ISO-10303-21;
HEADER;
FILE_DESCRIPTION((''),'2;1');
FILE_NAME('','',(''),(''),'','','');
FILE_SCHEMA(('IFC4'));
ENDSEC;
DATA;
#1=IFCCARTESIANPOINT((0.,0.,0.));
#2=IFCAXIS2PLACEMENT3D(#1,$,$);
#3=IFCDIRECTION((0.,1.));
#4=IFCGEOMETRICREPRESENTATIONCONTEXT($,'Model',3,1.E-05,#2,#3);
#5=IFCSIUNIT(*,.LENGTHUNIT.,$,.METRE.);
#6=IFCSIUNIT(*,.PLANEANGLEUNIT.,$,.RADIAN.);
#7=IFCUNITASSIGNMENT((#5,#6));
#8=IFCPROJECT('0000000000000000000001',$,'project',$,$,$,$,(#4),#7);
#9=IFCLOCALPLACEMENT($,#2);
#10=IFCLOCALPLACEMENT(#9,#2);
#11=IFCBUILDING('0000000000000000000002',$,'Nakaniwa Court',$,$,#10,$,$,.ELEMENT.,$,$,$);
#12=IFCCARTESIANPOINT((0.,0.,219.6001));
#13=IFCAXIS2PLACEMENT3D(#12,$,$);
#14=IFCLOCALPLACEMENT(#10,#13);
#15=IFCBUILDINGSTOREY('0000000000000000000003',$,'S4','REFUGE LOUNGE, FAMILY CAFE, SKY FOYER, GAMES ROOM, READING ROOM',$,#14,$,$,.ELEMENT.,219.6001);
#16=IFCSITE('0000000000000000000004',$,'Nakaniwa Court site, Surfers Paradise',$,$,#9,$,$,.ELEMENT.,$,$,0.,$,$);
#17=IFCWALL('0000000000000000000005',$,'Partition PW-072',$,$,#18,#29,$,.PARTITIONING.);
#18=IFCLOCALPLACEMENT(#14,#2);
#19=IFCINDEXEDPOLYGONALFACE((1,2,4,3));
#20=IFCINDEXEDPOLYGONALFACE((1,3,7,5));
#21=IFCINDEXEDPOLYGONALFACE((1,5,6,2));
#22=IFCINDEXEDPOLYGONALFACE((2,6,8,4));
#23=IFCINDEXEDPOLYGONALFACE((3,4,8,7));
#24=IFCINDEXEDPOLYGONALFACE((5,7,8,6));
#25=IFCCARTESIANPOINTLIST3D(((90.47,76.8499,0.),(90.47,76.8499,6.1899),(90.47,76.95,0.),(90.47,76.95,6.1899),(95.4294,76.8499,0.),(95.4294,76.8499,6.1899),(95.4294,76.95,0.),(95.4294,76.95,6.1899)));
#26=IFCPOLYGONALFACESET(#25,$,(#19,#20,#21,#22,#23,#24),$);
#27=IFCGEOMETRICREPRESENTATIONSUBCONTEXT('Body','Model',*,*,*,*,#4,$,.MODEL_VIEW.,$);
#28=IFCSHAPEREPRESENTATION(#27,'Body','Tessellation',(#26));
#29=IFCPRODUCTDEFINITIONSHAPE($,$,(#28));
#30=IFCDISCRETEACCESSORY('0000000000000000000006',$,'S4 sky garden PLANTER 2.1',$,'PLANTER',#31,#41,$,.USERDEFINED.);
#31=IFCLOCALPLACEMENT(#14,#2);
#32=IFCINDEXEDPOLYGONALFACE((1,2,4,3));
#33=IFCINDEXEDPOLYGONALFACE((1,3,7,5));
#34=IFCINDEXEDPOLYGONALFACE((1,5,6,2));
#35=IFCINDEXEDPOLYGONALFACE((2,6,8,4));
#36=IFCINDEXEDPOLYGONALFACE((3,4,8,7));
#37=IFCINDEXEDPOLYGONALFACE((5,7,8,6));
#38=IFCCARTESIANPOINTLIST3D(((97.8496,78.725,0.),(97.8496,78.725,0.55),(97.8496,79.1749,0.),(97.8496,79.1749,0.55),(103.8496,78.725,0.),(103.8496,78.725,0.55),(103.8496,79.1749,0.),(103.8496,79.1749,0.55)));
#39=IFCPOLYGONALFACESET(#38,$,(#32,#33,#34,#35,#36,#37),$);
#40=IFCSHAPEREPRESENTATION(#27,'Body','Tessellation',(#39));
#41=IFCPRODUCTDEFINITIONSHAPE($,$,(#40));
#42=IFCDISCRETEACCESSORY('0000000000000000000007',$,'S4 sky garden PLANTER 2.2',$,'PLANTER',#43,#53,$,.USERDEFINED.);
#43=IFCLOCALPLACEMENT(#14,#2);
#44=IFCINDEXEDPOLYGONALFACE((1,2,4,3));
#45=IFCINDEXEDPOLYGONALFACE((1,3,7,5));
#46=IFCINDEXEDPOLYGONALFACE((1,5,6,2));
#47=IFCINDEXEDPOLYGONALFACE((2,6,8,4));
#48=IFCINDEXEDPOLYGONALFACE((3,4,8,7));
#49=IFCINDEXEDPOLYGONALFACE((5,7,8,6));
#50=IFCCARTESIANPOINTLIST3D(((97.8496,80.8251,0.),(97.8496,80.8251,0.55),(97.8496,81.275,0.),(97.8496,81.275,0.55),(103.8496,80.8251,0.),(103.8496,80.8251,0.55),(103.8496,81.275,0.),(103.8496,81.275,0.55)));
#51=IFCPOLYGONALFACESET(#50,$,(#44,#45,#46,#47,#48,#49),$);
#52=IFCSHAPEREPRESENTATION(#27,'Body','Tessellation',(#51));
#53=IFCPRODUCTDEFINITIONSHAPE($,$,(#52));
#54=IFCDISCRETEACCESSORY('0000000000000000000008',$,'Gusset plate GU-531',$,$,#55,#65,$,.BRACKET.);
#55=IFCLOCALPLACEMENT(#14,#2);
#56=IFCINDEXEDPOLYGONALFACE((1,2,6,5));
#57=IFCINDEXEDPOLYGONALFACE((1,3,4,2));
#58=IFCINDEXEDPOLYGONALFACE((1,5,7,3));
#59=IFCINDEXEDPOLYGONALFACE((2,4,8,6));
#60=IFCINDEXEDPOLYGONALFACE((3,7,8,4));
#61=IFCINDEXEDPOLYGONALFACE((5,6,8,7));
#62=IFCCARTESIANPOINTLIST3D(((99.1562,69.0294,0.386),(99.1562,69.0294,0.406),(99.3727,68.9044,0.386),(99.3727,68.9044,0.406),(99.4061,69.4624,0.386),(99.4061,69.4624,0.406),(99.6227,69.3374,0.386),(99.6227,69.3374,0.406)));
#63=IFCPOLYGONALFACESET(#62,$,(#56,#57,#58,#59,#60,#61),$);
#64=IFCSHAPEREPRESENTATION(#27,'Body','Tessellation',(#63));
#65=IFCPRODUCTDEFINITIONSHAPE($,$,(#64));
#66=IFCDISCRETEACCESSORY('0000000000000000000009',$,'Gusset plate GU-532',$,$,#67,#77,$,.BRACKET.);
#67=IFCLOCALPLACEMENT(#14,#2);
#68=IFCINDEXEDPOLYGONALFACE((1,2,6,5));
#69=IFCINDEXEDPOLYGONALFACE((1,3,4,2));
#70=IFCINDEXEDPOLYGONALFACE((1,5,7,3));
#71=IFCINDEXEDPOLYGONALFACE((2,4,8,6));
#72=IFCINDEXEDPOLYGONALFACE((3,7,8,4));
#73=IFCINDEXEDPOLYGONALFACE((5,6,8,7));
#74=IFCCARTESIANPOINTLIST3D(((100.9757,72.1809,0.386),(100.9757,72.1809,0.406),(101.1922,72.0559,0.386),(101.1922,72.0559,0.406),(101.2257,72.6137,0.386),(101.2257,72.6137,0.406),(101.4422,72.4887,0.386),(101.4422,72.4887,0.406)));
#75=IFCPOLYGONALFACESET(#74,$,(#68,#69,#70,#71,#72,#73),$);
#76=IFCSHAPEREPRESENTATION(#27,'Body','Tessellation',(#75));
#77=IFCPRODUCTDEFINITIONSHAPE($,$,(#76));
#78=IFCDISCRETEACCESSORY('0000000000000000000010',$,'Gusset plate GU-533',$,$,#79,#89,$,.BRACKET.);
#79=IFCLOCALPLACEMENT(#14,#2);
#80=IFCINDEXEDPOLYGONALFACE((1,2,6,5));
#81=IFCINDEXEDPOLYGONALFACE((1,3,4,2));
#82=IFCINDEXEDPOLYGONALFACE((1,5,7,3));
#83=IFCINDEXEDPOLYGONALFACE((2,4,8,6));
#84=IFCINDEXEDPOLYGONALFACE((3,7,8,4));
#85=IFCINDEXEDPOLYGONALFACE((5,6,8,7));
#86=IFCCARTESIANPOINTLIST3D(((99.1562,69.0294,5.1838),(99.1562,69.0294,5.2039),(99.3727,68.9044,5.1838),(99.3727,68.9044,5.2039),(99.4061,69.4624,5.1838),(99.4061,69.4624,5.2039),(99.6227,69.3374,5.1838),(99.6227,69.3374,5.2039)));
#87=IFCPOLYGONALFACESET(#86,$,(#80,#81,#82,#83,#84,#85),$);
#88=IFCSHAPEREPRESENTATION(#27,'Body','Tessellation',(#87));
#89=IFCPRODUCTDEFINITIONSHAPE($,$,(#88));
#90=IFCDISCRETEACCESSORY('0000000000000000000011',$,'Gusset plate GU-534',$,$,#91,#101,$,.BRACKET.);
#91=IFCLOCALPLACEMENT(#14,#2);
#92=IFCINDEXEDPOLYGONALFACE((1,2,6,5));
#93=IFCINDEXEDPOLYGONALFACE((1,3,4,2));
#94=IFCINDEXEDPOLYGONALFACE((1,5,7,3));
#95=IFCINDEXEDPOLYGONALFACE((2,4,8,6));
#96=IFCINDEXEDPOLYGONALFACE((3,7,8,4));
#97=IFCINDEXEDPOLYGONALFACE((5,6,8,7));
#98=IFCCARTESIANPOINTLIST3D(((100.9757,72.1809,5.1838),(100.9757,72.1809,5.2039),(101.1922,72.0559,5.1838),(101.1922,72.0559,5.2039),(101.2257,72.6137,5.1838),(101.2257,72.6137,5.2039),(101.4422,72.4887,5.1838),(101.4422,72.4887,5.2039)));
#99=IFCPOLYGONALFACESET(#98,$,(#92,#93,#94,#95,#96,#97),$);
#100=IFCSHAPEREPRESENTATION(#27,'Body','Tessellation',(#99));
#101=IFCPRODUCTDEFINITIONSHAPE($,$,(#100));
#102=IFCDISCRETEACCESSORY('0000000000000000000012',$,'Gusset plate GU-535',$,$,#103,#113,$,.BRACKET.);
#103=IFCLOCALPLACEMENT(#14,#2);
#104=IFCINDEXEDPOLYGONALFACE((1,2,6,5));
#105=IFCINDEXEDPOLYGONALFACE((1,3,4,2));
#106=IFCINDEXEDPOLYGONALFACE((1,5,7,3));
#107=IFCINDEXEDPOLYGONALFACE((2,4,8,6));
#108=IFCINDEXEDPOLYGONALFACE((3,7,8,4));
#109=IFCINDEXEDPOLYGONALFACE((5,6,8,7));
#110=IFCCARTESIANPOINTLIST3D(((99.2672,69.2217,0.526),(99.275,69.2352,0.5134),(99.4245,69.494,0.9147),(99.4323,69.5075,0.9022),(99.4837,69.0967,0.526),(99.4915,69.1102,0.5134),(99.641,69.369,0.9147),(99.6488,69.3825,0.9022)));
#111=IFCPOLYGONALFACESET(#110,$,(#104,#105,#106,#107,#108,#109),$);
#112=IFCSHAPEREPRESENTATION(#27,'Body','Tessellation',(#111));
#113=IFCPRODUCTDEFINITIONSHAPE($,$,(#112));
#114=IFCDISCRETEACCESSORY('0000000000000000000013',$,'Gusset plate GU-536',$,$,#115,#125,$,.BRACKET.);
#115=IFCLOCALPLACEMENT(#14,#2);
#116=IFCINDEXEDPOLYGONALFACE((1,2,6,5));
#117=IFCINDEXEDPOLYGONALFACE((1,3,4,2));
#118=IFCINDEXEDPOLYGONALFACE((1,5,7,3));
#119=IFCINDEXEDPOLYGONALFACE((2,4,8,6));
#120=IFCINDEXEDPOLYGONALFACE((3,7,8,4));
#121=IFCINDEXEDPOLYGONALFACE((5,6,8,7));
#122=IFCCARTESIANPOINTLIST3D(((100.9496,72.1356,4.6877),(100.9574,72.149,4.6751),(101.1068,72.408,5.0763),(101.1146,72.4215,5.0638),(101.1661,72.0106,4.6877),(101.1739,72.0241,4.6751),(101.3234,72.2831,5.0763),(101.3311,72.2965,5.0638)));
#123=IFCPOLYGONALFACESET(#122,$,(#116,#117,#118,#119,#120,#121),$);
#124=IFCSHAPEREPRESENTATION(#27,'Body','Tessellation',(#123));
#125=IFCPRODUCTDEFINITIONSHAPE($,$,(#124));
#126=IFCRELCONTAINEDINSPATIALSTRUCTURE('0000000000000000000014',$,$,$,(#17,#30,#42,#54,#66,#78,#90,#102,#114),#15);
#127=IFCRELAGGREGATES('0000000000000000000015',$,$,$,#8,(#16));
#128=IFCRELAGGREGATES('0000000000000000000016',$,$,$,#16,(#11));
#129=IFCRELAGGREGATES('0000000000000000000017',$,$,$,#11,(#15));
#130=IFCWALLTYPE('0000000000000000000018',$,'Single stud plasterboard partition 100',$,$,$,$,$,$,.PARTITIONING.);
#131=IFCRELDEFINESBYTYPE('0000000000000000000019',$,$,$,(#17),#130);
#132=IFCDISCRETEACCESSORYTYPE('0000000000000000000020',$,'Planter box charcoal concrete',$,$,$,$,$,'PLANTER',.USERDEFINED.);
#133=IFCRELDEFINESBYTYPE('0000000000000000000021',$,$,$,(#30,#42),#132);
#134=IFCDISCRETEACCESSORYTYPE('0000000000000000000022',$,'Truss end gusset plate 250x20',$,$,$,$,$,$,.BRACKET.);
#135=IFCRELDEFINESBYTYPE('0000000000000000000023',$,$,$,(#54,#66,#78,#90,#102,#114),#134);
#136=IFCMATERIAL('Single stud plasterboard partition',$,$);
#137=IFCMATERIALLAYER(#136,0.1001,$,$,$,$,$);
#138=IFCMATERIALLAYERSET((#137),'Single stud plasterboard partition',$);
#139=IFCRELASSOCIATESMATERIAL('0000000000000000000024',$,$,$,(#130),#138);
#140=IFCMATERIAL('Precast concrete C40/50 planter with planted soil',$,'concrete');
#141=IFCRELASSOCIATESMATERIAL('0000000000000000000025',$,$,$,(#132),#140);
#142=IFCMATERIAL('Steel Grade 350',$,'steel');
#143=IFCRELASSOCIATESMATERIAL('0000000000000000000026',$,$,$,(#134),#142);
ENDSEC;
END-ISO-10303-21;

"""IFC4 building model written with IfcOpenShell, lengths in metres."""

from ifc_helpers import new_model, si_unit, direction, frame, frame_2d, origin, origin_2d, place, context, subcontext, project, spatial, rectangle, extrude, material, layer, layer_set, material_profile, profile_set, type_object, element, save


model = new_model("IFC4")

# Units and contexts
model_context = context("Model", 3, precision=1e-05, world=origin(), true_north=direction((0.0, 1.0)))
body_context = subcontext(model_context, "Body", "Model", "MODEL_VIEW")
ifc_project = project(units=[si_unit("LENGTHUNIT", "METRE"), si_unit("PLANEANGLEUNIT", "RADIAN")], contexts=[model_context])

# Site, building, storey
site_placement = place(None, origin())
site = spatial("IfcSite", under=ifc_project, at=site_placement, Name="Nakaniwa Court site, Surfers Paradise", CompositionType="ELEMENT", RefElevation=0.0)
building_placement = place(site_placement, origin())
building = spatial("IfcBuilding", under=site, at=building_placement, Name="Nakaniwa Court", CompositionType="ELEMENT")
storey_placement = place(building_placement, frame((0.0, 0.0, 219.6001)))
storey = spatial("IfcBuildingStorey", under=building, at=storey_placement, Name="S4", Description="REFUGE LOUNGE, FAMILY CAFE, SKY FOYER, GAMES ROOM, READING ROOM", CompositionType="ELEMENT", Elevation=219.6001)

# Wall
ifc_material_1 = material(Name="Single stud plasterboard partition")
ifc_layer_1 = layer(ifc_material_1, 0.1001)
ifc_layer_set_1 = layer_set([ifc_layer_1], Name="Single stud plasterboard partition")
wall_type_1 = type_object("IfcWallType", Name="Single stud plasterboard partition 100", PredefinedType="PARTITIONING", material=ifc_layer_set_1)
wall_1_placement = place(storey_placement, frame((90.47, 76.8999, 0.0), z_axis=(0.0, 0.0, 1.0), x_axis=(1.0, 0.0, 0.0)))
element("IfcWall", 1, at=wall_1_placement, inside=storey, type_object=wall_type_1, Name="Partition PW-072", PredefinedType="PARTITIONING", context=body_context, shape_type="SweptSolid", body=[
    extrude(rectangle(XDim=4.9595, YDim=0.1001, at=frame_2d((2.4797, 0.0))), origin(), (0.0, 0.0, 1.0), 6.1899),
])

# Discrete accessories
ifc_material_2 = material(Name="Precast concrete C40/50 planter with planted soil", Category="concrete")
discrete_accessory_type_1 = type_object("IfcDiscreteAccessoryType", Name="Planter box charcoal concrete", ElementType="PLANTER", PredefinedType="USERDEFINED", material=ifc_material_2)
for number, where, z_axis, x_axis, name in (
    (2, (100.8496, 78.95, 0.0), (0.0, 0.0, 1.0), (1.0, 0.0, 0.0), "S4 sky garden PLANTER 2.1"),
    (3, (100.8496, 81.05, 0.0), (0.0, 0.0, 1.0), (1.0, 0.0, 0.0), "S4 sky garden PLANTER 2.2"),
):
    element("IfcDiscreteAccessory", number, at=place(storey_placement, frame(where, z_axis=z_axis, x_axis=x_axis)), inside=storey, type_object=discrete_accessory_type_1, Name=name, ObjectType="PLANTER", PredefinedType="USERDEFINED", context=body_context, shape_type="SweptSolid", body=[
        extrude(rectangle(XDim=6.0, YDim=0.45, at=origin_2d()), origin(), (0.0, 0.0, 1.0), 0.55),
    ])
ifc_material_3 = material(Name="Steel Grade 350", Category="steel")
ifc_material_profile_1 = material_profile(ifc_material_3, rectangle(XDim=0.25, YDim=0.02, at=origin_2d()), Name="Truss end gusset plate 250x20")
ifc_profile_set_1 = profile_set([ifc_material_profile_1], Name="Steel Grade 350")
discrete_accessory_type_2 = type_object("IfcDiscreteAccessoryType", Name="Truss end gusset plate 250x20", PredefinedType="BRACKET", material=ifc_profile_set_1)
discrete_accessory_1_placement = place(storey_placement, frame((99.5144, 69.3999, 0.396), z_axis=(-0.49992, -0.866072, 0.0), x_axis=(0.866072, -0.49992, 0.0)))
element("IfcDiscreteAccessory", 4, at=discrete_accessory_1_placement, inside=storey, type_object=discrete_accessory_type_2, Name="Gusset plate GU-531", PredefinedType="BRACKET", context=body_context, shape_type="SweptSolid", body=[
    extrude(rectangle(XDim=0.25, YDim=0.02, at=origin_2d()), origin(), (0.0, 0.0, 1.0), 0.5),
])
discrete_accessory_2_placement = place(storey_placement, frame((101.084, 72.1184, 0.396), z_axis=(0.500131, 0.86595, 0.0), x_axis=(-0.86595, 0.500131, 0.0)))
element("IfcDiscreteAccessory", 5, at=discrete_accessory_2_placement, inside=storey, type_object=discrete_accessory_type_2, Name="Gusset plate GU-532", PredefinedType="BRACKET", context=body_context, shape_type="SweptSolid", body=[
    extrude(rectangle(XDim=0.25, YDim=0.02, at=origin_2d()), origin(), (0.0, 0.0, 1.0), 0.4998),
])
discrete_accessory_3_placement = place(storey_placement, frame((99.5144, 69.3999, 5.1938), z_axis=(-0.49992, -0.866072, 0.0), x_axis=(0.866072, -0.49992, 0.0)))
element("IfcDiscreteAccessory", 6, at=discrete_accessory_3_placement, inside=storey, type_object=discrete_accessory_type_2, Name="Gusset plate GU-533", PredefinedType="BRACKET", context=body_context, shape_type="SweptSolid", body=[
    extrude(rectangle(XDim=0.25, YDim=0.02, at=origin_2d()), origin(), (0.0, 0.0, 1.0), 0.5),
])
discrete_accessory_4_placement = place(storey_placement, frame((101.084, 72.1184, 5.1938), z_axis=(0.500131, 0.86595, 0.0), x_axis=(-0.86595, 0.500131, 0.0)))
element("IfcDiscreteAccessory", 7, at=discrete_accessory_4_placement, inside=storey, type_object=discrete_accessory_type_2, Name="Gusset plate GU-534", PredefinedType="BRACKET", context=body_context, shape_type="SweptSolid", body=[
    extrude(rectangle(XDim=0.25, YDim=0.02, at=origin_2d()), origin(), (0.0, 0.0, 1.0), 0.4998),
])
for number, where, z_axis, x_axis, name in (
    (8, (99.5366, 69.4382, 0.9084), (-0.314524, -0.544556, -0.777518), (0.86594, -0.500148, 0.0), "Gusset plate GU-535"),
    (9, (101.0618, 72.0798, 4.6814), (0.31444, 0.544899, 0.777311), (-0.866134, 0.499812, 0.0), "Gusset plate GU-536"),
):
    element("IfcDiscreteAccessory", number, at=place(storey_placement, frame(where, z_axis=z_axis, x_axis=x_axis)), inside=storey, type_object=discrete_accessory_type_2, Name=name, PredefinedType="BRACKET", context=body_context, shape_type="SweptSolid", body=[
        extrude(rectangle(XDim=0.25, YDim=0.02, at=origin_2d()), origin(), (0.0, 0.0, 1.0), 0.5),
    ])

save(model, "model.ifc")
